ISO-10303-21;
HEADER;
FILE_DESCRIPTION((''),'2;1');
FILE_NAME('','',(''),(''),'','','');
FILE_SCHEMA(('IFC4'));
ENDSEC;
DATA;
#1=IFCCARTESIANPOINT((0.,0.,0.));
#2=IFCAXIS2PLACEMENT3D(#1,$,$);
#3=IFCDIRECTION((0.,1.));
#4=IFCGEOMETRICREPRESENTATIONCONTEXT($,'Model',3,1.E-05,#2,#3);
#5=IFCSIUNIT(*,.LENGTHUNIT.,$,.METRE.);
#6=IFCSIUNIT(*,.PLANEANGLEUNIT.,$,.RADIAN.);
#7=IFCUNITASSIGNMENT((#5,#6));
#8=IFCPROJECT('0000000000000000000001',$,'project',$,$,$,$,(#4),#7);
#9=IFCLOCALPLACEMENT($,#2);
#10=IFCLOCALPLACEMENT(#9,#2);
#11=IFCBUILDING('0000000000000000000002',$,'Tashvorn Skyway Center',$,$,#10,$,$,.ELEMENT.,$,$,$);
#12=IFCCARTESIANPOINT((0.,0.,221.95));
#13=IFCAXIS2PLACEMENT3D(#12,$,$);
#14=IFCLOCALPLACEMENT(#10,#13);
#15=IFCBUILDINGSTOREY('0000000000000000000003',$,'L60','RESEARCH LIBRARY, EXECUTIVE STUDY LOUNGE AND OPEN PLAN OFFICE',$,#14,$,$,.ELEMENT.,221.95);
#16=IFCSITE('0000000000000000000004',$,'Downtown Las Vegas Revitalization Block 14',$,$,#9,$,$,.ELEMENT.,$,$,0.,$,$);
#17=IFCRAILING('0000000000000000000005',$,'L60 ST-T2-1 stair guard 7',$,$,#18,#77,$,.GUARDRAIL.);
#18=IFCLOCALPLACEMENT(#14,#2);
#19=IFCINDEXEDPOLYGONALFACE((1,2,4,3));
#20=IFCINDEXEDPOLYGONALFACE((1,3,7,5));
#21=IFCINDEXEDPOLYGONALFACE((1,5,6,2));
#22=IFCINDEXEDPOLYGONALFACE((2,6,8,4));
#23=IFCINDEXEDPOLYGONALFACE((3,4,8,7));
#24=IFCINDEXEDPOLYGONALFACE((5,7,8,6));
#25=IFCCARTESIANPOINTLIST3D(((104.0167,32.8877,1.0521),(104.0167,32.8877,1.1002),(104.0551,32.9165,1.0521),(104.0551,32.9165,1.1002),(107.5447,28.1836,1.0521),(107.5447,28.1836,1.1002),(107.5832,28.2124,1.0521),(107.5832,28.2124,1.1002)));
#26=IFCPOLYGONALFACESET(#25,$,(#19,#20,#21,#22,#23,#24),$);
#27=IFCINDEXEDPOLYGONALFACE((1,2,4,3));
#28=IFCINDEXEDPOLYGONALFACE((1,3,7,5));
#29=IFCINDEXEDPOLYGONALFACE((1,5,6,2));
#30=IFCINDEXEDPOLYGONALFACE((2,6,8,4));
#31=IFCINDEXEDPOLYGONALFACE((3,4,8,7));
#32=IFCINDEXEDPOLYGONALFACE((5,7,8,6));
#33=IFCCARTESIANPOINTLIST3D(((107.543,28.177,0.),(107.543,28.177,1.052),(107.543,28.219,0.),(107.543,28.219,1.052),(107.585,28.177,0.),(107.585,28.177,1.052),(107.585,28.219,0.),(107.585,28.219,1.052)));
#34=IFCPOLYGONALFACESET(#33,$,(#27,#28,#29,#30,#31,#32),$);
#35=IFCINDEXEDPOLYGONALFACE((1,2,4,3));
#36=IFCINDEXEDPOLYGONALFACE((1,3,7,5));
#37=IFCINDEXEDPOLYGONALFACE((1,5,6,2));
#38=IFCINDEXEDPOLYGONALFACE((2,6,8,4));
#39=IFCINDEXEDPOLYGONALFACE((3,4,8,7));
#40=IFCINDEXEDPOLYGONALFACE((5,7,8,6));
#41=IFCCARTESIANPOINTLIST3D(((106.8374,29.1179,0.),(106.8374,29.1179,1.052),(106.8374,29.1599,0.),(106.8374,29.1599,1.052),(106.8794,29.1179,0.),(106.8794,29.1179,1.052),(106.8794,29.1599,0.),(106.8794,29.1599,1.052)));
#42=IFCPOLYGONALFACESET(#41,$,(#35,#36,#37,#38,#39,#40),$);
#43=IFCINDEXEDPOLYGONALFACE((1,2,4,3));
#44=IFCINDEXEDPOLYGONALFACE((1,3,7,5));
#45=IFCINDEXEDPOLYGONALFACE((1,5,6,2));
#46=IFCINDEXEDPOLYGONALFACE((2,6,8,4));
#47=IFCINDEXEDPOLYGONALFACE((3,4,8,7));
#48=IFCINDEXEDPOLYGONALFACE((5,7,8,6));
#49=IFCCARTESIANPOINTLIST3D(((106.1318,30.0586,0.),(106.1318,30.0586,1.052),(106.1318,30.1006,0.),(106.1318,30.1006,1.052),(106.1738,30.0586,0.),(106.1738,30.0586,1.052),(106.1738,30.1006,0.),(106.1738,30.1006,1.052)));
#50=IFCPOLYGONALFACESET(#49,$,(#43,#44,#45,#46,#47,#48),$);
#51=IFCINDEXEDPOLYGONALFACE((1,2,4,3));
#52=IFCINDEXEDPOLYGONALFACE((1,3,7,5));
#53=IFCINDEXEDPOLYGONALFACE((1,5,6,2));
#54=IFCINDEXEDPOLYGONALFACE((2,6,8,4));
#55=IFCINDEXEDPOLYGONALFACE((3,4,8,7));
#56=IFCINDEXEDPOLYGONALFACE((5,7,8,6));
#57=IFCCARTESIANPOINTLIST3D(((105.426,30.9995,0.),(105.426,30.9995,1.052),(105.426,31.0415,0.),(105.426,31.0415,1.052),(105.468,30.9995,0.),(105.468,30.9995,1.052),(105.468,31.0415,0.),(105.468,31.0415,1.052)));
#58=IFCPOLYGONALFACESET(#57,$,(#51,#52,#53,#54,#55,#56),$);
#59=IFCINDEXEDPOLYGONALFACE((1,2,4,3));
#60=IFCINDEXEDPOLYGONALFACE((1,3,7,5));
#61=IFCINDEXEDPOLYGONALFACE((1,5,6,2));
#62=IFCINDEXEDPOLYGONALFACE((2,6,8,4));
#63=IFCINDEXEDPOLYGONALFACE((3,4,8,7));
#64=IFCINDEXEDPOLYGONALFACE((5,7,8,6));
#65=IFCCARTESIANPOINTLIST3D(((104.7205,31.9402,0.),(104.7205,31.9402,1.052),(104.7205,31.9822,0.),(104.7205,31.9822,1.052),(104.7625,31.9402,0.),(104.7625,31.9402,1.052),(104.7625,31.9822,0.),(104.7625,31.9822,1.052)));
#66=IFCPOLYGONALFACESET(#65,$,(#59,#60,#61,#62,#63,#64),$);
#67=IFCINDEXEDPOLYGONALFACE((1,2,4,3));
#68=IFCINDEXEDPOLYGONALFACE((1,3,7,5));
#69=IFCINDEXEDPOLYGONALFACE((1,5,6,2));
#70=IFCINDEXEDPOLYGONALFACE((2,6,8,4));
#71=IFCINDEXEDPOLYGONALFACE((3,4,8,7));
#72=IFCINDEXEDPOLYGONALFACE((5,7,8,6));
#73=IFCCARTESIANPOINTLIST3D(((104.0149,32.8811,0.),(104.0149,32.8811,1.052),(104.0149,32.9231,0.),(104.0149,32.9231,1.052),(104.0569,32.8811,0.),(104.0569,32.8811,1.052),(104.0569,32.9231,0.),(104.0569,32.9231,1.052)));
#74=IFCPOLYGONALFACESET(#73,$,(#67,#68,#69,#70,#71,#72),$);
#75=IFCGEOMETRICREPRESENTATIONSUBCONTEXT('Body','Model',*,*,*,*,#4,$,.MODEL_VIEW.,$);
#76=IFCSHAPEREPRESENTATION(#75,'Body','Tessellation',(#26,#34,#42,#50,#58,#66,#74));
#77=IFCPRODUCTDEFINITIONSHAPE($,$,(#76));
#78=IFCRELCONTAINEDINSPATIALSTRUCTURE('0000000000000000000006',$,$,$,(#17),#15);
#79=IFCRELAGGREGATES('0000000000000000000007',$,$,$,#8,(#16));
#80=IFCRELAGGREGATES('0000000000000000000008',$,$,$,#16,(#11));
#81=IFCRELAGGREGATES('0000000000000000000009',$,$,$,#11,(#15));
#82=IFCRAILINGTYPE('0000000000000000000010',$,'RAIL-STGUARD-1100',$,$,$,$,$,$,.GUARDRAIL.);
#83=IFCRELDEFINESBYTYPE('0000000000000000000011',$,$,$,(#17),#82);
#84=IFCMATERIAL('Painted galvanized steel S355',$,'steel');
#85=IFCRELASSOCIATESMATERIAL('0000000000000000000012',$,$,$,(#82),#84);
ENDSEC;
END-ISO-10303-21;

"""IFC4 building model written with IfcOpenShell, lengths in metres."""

from ifc_helpers import new_model, si_unit, direction, frame, origin, origin_2d, place, context, subcontext, project, spatial, rectangle, extrude, material, type_object, element, save


model = new_model("IFC4")

# Units and contexts
model_context = context("Model", 3, precision=1e-05, world=origin(), true_north=direction((0.0, 1.0)))
body_context = subcontext(model_context, "Body", "Model", "MODEL_VIEW")
ifc_project = project(units=[si_unit("LENGTHUNIT", "METRE"), si_unit("PLANEANGLEUNIT", "RADIAN")], contexts=[model_context])

# Site, building, storey
site_placement = place(None, origin())
site = spatial("IfcSite", under=ifc_project, at=site_placement, Name="Downtown Las Vegas Revitalization Block 14", CompositionType="ELEMENT", RefElevation=0.0)
building_placement = place(site_placement, origin())
building = spatial("IfcBuilding", under=site, at=building_placement, Name="Tashvorn Skyway Center", CompositionType="ELEMENT")
storey_placement = place(building_placement, frame((0.0, 0.0, 221.95)))
storey = spatial("IfcBuildingStorey", under=building, at=storey_placement, Name="L60", Description="RESEARCH LIBRARY, EXECUTIVE STUDY LOUNGE AND OPEN PLAN OFFICE", CompositionType="ELEMENT", Elevation=221.95)

# Railing
ifc_material_1 = material(Name="Painted galvanized steel S355", Category="steel")
railing_type = type_object("IfcRailingType", Name="RAIL-STGUARD-1100", PredefinedType="GUARDRAIL", material=ifc_material_1)
railing_1_placement = place(storey_placement, frame((107.564, 28.198, 0.0)))
element("IfcRailing", 1, at=railing_1_placement, inside=storey, type_object=railing_type, Name="L60 ST-T2-1 stair guard 7", PredefinedType="GUARDRAIL", context=body_context, shape_type="SweptSolid", body=[
    extrude(rectangle(XDim=0.0481, YDim=0.0481, at=origin_2d()), frame((0.0, 0.0, 1.0762), z_axis=(-0.6, 0.8, 0.0), x_axis=(-0.8, -0.6, 0.0)), (0.0, 0.0, 1.0), 5.8801),
    extrude(rectangle(XDim=0.042, YDim=0.042, at=origin_2d()), origin(), (0.0, 0.0, 1.0), 1.052),
    extrude(rectangle(XDim=0.042, YDim=0.042, at=origin_2d()), frame((-0.7056, 0.9409, 0.0)), (0.0, 0.0, 1.0), 1.052),
    extrude(rectangle(XDim=0.042, YDim=0.042, at=origin_2d()), frame((-1.4111, 1.8816, 0.0)), (0.0, 0.0, 1.0), 1.052),
    extrude(rectangle(XDim=0.042, YDim=0.042, at=origin_2d()), frame((-2.1169, 2.8225, 0.0)), (0.0, 0.0, 1.0), 1.052),
    extrude(rectangle(XDim=0.042, YDim=0.042, at=origin_2d()), frame((-2.8225, 3.7632, 0.0)), (0.0, 0.0, 1.0), 1.052),
    extrude(rectangle(XDim=0.042, YDim=0.042, at=origin_2d()), frame((-3.5281, 4.7041, 0.0)), (0.0, 0.0, 1.0), 1.052),
])

save(model, "model.ifc")
